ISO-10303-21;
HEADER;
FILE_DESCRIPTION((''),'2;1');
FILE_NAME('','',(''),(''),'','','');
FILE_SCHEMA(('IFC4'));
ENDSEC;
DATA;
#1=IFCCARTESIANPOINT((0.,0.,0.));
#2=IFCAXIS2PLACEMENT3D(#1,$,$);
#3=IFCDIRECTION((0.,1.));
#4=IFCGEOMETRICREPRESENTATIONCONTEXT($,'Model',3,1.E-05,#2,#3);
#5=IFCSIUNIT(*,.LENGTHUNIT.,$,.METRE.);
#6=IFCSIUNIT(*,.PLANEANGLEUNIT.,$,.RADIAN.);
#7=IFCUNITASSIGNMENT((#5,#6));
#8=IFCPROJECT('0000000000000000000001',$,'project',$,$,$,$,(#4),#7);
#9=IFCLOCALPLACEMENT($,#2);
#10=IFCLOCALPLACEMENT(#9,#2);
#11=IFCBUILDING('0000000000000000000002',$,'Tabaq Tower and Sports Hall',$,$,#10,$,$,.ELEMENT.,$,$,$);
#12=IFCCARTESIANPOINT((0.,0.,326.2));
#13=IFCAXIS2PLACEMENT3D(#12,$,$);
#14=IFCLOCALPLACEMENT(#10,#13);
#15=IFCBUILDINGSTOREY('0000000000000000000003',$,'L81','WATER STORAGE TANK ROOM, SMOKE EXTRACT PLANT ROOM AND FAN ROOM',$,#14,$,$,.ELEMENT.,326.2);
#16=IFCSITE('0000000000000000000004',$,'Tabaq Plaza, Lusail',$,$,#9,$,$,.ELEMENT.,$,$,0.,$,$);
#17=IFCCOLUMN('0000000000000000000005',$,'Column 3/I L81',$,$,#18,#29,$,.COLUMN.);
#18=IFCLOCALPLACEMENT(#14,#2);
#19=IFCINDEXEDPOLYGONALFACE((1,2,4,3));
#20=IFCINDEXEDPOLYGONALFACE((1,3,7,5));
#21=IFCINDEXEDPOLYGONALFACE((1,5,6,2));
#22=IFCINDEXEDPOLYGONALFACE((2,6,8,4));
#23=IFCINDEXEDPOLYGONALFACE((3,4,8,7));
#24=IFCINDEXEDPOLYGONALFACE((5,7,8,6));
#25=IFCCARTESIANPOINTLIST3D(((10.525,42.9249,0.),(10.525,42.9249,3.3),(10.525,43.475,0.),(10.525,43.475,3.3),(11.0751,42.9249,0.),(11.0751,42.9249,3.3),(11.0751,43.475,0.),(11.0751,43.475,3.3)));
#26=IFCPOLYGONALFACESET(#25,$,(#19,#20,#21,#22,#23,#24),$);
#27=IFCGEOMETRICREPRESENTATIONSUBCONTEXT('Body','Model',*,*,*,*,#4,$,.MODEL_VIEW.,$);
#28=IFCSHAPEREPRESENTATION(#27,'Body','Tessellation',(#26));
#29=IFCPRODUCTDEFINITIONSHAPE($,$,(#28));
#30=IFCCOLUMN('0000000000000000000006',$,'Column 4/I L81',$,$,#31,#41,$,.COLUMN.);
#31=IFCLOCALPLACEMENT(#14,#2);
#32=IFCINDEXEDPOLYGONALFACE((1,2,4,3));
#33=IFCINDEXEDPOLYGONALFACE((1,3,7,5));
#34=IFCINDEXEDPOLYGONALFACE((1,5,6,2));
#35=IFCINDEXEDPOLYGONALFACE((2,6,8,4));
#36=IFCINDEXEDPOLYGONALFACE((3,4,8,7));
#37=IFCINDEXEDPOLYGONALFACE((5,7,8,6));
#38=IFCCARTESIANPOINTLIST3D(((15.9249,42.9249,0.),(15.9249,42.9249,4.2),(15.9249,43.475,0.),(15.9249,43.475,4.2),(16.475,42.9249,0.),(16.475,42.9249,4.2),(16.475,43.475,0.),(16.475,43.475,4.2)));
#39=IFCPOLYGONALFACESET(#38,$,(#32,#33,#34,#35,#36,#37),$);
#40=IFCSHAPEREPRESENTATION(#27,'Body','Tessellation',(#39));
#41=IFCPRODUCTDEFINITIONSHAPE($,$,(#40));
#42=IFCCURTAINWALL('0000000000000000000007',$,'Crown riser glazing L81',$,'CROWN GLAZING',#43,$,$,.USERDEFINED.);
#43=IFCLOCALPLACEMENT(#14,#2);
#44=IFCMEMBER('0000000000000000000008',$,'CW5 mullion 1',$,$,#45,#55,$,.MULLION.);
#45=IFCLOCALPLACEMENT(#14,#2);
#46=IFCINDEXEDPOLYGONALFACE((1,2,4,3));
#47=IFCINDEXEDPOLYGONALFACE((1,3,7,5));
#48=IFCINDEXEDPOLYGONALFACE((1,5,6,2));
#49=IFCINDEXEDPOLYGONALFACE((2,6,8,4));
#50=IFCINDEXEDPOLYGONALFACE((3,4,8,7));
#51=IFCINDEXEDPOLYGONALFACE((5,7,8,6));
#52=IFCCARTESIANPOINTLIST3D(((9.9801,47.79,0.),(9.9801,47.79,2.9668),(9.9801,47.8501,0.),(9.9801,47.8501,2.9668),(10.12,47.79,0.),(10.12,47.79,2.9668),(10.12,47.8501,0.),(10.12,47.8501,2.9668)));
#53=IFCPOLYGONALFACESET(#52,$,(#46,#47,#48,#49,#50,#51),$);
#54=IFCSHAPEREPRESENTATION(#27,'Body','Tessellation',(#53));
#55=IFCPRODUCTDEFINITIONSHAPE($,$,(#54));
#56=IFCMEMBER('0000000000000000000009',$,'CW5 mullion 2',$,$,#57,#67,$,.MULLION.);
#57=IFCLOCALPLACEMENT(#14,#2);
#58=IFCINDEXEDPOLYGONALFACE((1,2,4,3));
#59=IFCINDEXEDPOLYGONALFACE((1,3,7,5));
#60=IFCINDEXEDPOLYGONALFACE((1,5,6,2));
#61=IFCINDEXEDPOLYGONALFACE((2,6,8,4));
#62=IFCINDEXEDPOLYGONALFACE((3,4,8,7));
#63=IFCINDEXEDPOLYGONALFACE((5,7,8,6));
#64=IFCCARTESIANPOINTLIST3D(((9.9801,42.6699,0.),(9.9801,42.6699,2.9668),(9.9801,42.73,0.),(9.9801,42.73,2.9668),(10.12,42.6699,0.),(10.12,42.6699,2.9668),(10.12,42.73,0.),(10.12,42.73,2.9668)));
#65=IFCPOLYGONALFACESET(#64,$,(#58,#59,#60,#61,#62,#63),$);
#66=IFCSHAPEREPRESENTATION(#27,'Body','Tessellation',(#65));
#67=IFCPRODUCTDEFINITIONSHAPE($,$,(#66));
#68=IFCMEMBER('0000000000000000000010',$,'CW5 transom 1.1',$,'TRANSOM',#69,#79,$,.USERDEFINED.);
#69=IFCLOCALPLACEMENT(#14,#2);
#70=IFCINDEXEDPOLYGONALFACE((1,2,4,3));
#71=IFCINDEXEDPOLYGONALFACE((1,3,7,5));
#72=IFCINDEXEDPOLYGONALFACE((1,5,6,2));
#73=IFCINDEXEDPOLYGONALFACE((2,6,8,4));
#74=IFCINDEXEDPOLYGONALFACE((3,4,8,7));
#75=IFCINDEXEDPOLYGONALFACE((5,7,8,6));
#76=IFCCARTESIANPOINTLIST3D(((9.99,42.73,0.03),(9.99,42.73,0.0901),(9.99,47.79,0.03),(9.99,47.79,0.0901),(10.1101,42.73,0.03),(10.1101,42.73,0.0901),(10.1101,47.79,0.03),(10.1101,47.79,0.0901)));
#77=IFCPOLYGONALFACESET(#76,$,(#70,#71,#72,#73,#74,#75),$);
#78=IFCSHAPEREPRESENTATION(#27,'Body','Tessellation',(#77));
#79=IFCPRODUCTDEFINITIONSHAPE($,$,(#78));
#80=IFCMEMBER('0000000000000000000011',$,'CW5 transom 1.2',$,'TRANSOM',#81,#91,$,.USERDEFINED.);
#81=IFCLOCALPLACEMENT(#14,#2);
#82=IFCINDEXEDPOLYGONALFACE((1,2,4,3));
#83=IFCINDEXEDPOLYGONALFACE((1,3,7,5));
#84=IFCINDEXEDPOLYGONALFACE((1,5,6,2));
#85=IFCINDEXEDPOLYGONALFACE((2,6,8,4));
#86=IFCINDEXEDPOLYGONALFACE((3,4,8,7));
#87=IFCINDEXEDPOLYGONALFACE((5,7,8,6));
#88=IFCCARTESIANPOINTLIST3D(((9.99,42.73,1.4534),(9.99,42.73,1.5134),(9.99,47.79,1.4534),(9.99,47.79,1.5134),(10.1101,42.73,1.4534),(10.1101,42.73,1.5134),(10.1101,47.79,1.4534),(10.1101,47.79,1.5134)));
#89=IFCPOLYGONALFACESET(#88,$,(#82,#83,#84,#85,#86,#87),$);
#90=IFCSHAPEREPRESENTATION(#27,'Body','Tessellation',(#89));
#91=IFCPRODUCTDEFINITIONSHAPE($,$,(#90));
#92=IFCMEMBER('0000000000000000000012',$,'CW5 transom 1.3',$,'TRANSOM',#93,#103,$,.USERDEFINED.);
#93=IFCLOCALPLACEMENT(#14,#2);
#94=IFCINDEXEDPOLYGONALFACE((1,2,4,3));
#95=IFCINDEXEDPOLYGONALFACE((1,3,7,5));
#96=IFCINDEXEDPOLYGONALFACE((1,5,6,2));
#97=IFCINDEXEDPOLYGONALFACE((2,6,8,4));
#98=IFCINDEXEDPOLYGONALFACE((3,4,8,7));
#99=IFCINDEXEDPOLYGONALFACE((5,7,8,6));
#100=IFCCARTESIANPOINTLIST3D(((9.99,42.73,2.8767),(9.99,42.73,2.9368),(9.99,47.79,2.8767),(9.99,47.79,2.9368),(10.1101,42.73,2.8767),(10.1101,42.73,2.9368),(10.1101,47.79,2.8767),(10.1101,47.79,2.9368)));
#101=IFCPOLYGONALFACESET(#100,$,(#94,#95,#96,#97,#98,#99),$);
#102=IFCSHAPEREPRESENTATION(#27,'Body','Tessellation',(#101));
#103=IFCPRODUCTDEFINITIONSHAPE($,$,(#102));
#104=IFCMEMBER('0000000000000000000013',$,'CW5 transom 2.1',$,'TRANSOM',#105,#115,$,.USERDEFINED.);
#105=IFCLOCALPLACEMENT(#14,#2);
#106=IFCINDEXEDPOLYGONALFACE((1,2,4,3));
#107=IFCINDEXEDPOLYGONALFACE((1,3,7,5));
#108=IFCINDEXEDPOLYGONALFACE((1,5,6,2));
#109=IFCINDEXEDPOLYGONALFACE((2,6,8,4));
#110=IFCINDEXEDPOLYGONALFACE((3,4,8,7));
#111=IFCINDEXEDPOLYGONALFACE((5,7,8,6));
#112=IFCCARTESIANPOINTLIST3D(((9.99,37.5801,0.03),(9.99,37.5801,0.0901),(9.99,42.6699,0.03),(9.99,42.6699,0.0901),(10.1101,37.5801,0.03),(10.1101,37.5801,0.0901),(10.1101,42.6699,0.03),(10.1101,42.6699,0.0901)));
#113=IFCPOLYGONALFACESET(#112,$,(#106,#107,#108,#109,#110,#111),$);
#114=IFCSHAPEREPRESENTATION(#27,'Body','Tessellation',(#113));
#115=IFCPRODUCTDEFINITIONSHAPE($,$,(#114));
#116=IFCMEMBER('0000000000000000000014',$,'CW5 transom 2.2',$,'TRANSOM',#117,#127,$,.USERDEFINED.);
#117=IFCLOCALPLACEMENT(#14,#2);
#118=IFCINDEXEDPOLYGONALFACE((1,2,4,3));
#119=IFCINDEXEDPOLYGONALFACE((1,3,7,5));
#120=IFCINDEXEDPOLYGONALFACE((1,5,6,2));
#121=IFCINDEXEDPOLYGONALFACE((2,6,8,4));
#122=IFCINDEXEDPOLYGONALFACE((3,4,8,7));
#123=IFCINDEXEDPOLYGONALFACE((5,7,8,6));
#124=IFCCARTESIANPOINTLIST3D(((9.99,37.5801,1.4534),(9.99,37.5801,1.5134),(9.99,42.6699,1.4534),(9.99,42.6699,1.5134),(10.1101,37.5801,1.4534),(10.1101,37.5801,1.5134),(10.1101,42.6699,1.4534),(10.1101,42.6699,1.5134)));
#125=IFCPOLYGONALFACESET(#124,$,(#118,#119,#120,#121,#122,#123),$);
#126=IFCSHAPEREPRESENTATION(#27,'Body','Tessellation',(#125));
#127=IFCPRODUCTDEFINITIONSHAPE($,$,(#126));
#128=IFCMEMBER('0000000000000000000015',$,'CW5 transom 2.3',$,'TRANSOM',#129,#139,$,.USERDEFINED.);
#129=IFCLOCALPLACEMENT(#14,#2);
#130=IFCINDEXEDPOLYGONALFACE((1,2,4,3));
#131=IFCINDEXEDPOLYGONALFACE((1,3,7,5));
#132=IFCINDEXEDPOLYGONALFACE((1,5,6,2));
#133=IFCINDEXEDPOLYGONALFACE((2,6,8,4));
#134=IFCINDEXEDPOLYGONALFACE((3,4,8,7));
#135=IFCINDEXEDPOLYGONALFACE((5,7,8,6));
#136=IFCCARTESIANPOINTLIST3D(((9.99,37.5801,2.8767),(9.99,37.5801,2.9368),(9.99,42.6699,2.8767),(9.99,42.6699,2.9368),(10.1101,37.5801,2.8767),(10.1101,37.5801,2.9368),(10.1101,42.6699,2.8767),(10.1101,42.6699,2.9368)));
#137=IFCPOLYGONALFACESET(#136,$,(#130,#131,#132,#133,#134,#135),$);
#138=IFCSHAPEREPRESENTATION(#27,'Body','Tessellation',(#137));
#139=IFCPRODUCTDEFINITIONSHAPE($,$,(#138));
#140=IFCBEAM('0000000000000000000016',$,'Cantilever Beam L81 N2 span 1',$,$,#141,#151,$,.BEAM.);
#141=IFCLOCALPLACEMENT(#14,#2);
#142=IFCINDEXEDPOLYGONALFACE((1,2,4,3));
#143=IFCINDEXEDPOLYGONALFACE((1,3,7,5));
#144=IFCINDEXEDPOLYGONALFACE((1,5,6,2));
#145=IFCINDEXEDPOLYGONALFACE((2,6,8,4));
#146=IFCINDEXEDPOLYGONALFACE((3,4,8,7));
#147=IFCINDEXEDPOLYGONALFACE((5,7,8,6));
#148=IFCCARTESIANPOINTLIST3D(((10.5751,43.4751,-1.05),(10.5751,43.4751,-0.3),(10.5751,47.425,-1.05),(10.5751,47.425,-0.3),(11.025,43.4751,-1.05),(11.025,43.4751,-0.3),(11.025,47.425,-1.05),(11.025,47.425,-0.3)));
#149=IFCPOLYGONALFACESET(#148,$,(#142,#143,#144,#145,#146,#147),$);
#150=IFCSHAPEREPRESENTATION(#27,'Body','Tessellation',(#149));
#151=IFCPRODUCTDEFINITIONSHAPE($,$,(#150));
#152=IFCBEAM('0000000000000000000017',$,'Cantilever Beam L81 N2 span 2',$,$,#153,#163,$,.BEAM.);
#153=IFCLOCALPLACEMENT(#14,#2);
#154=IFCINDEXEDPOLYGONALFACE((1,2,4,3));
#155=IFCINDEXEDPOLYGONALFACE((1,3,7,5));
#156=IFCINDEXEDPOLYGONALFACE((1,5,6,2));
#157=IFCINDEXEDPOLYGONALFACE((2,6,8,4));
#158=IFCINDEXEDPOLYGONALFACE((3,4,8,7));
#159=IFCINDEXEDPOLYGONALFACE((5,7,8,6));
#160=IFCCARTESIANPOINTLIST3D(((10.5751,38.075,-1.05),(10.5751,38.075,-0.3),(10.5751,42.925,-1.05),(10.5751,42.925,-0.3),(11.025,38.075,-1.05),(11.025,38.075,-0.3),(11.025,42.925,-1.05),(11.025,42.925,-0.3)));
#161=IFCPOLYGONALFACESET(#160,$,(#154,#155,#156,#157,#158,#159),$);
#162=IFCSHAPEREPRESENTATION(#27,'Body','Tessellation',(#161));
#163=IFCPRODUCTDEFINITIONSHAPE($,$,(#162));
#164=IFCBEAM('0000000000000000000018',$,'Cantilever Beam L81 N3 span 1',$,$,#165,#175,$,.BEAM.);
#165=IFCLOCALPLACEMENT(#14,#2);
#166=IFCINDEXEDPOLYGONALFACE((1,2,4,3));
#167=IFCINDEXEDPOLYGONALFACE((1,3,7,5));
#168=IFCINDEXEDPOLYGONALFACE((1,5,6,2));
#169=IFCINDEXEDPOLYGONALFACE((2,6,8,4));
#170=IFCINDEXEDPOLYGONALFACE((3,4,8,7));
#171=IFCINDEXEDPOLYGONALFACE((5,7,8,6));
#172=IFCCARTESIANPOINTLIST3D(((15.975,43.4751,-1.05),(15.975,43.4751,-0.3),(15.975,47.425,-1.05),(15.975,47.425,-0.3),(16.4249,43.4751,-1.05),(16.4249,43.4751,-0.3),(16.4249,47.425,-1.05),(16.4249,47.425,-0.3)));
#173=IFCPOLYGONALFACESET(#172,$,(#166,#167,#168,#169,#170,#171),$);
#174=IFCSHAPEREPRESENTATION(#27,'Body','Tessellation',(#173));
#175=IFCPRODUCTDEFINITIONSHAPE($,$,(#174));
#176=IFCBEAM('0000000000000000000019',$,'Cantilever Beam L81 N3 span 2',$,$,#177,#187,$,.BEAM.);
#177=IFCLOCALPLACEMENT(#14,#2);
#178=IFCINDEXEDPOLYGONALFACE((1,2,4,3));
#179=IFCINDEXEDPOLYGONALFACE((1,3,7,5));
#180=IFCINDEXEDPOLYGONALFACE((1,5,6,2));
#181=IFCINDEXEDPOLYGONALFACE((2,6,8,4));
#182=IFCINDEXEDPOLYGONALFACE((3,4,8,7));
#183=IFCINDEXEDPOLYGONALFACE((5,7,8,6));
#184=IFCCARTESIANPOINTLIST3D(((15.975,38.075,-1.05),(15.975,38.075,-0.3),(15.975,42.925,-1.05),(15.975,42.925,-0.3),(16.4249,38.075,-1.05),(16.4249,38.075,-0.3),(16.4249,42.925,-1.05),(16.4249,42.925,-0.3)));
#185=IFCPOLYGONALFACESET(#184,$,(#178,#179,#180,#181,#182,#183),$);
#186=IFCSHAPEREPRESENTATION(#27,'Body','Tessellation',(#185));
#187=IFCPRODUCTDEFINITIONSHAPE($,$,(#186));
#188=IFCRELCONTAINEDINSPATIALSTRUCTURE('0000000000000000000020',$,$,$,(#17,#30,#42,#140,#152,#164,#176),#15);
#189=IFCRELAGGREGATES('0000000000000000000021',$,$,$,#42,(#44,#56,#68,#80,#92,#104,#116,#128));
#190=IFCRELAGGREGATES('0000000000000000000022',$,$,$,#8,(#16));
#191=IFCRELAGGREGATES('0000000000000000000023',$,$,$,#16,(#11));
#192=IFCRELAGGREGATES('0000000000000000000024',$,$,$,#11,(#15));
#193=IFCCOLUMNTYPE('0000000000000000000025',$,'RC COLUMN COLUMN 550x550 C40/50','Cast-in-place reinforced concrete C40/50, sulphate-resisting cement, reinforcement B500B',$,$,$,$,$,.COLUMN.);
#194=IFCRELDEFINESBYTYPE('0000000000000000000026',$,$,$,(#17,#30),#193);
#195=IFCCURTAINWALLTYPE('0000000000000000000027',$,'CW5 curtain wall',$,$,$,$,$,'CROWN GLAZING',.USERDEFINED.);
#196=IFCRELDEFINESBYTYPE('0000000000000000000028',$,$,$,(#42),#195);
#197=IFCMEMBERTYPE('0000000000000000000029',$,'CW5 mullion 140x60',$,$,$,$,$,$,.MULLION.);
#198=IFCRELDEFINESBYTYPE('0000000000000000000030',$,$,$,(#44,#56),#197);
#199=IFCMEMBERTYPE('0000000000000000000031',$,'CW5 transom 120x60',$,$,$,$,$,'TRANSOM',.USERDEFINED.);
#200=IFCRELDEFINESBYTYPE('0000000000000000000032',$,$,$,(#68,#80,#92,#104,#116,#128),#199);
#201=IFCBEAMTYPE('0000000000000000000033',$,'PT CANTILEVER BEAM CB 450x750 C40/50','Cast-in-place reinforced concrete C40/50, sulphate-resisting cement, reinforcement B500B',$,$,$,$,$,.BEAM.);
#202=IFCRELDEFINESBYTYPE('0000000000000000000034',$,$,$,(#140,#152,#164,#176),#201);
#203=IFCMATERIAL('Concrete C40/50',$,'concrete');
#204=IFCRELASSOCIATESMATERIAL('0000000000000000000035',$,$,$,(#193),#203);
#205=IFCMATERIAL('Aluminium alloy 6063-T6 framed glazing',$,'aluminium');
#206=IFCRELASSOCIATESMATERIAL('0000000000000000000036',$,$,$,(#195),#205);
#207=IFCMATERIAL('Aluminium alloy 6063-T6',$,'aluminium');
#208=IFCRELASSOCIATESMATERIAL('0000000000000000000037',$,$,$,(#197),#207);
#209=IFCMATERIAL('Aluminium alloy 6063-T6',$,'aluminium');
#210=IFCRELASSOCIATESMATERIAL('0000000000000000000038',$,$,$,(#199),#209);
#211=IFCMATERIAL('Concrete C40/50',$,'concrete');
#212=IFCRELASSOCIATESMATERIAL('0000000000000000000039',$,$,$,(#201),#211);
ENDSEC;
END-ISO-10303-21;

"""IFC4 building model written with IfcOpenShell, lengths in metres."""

from ifc_helpers import new_model, si_unit, direction, frame, origin, origin_2d, place, context, subcontext, project, spatial, rectangle, extrude, material, material_profile, profile_set, type_object, element, aggregate, save


model = new_model("IFC4")

# Units and contexts
model_context = context("Model", 3, precision=1e-05, world=origin(), true_north=direction((0.0, 1.0)))
body_context = subcontext(model_context, "Body", "Model", "MODEL_VIEW")
ifc_project = project(units=[si_unit("LENGTHUNIT", "METRE"), si_unit("PLANEANGLEUNIT", "RADIAN")], contexts=[model_context])

# Site, building, storey
site_placement = place(None, origin())
site = spatial("IfcSite", under=ifc_project, at=site_placement, Name="Tabaq Plaza, Lusail", CompositionType="ELEMENT", RefElevation=0.0)
building_placement = place(site_placement, origin())
building = spatial("IfcBuilding", under=site, at=building_placement, Name="Tabaq Tower and Sports Hall", CompositionType="ELEMENT")
storey_placement = place(building_placement, frame((0.0, 0.0, 326.2)))
storey = spatial("IfcBuildingStorey", under=building, at=storey_placement, Name="L81", Description="WATER STORAGE TANK ROOM, SMOKE EXTRACT PLANT ROOM AND FAN ROOM", CompositionType="ELEMENT", Elevation=326.2)

# Columns
ifc_material_1 = material(Name="Concrete C40/50", Category="concrete")
ifc_material_profile_1 = material_profile(ifc_material_1, rectangle(XDim=0.55, YDim=0.55, at=origin_2d()), Name="COLUMN 550x550")
ifc_profile_set_1 = profile_set([ifc_material_profile_1], Name="Concrete C40/50")
column_type = type_object("IfcColumnType", Name="RC COLUMN COLUMN 550x550 C40/50", Description="Cast-in-place reinforced concrete C40/50, sulphate-resisting cement, reinforcement B500B", PredefinedType="COLUMN", material=ifc_profile_set_1)
column_1_placement = place(storey_placement, frame((10.8, 43.2, 0.0), z_axis=(0.0, 0.0, 1.0), x_axis=(1.0, 0.0, 0.0)))
element("IfcColumn", 1, at=column_1_placement, inside=storey, type_object=column_type, Name="Column 3/I L81", PredefinedType="COLUMN", context=body_context, shape_type="SweptSolid", body=[
    extrude(rectangle(XDim=0.55, YDim=0.55, at=origin_2d()), origin(), (0.0, 0.0, 1.0), 3.3),
])
column_2_placement = place(storey_placement, frame((16.2, 43.2, 0.0), z_axis=(0.0, 0.0, 1.0), x_axis=(1.0, 0.0, 0.0)))
element("IfcColumn", 2, at=column_2_placement, inside=storey, type_object=column_type, Name="Column 4/I L81", PredefinedType="COLUMN", context=body_context, shape_type="SweptSolid", body=[
    extrude(rectangle(XDim=0.55, YDim=0.55, at=origin_2d()), origin(), (0.0, 0.0, 1.0), 4.2),
])

# Curtain wall, members
ifc_material_2 = material(Name="Aluminium alloy 6063-T6 framed glazing", Category="aluminium")
curtain_wall_type = type_object("IfcCurtainWallType", Name="CW5 curtain wall", ElementType="CROWN GLAZING", PredefinedType="USERDEFINED", material=ifc_material_2)
curtain_wall_placement = place(storey_placement, origin())
curtain_wall = element("IfcCurtainWall", 3, at=curtain_wall_placement, inside=storey, type_object=curtain_wall_type, Name="Crown riser glazing L81", ObjectType="CROWN GLAZING", PredefinedType="USERDEFINED")
ifc_material_3 = material(Name="Aluminium alloy 6063-T6", Category="aluminium")
ifc_material_profile_2 = material_profile(ifc_material_3, rectangle(XDim=0.1399, YDim=0.0601, at=origin_2d()), Name="MULLION 140x60")
ifc_profile_set_2 = profile_set([ifc_material_profile_2], Name="Aluminium alloy 6063-T6")
member_type_1 = type_object("IfcMemberType", Name="CW5 mullion 140x60", PredefinedType="MULLION", material=ifc_profile_set_2)
member_1_placement = place(storey_placement, frame((10.05, 47.8201, 0.0), z_axis=(0.0, 0.0, 1.0), x_axis=(1.0, 0.0, 0.0)))
member_1 = element("IfcMember", 4, at=member_1_placement, type_object=member_type_1, Name="CW5 mullion 1", PredefinedType="MULLION", context=body_context, shape_type="SweptSolid", body=[
    extrude(rectangle(XDim=0.1399, YDim=0.0601, at=origin_2d()), origin(), (0.0, 0.0, 1.0), 2.9668),
])
member_2_placement = place(storey_placement, frame((10.05, 42.7, 0.0), z_axis=(0.0, 0.0, 1.0), x_axis=(1.0, 0.0, 0.0)))
member_2 = element("IfcMember", 5, at=member_2_placement, type_object=member_type_1, Name="CW5 mullion 2", PredefinedType="MULLION", context=body_context, shape_type="SweptSolid", body=[
    extrude(rectangle(XDim=0.1399, YDim=0.0601, at=origin_2d()), origin(), (0.0, 0.0, 1.0), 2.9668),
])
ifc_material_4 = material(Name="Aluminium alloy 6063-T6", Category="aluminium")
ifc_material_profile_3 = material_profile(ifc_material_4, rectangle(XDim=0.1201, YDim=0.0601, at=origin_2d()), Name="TRANSOM 120x60")
ifc_profile_set_3 = profile_set([ifc_material_profile_3], Name="Aluminium alloy 6063-T6")
member_type_2 = type_object("IfcMemberType", Name="CW5 transom 120x60", ElementType="TRANSOM", PredefinedType="USERDEFINED", material=ifc_profile_set_3)
member_3_placement = place(storey_placement, frame((10.05, 47.79, 0.0601), z_axis=(0.0, -1.0, 0.0), x_axis=(1.0, 0.0, 0.0)))
member_3 = element("IfcMember", 6, at=member_3_placement, type_object=member_type_2, Name="CW5 transom 1.1", ObjectType="TRANSOM", PredefinedType="USERDEFINED", context=body_context, shape_type="SweptSolid", body=[
    extrude(rectangle(XDim=0.1201, YDim=0.0601, at=origin_2d()), origin(), (0.0, 0.0, 1.0), 5.0601),
])
member_4_placement = place(storey_placement, frame((10.05, 47.79, 1.4834), z_axis=(0.0, -1.0, 0.0), x_axis=(1.0, 0.0, 0.0)))
member_4 = element("IfcMember", 7, at=member_4_placement, type_object=member_type_2, Name="CW5 transom 1.2", ObjectType="TRANSOM", PredefinedType="USERDEFINED", context=body_context, shape_type="SweptSolid", body=[
    extrude(rectangle(XDim=0.1201, YDim=0.0601, at=origin_2d()), origin(), (0.0, 0.0, 1.0), 5.0601),
])
member_5_placement = place(storey_placement, frame((10.05, 47.79, 2.9067), z_axis=(0.0, -1.0, 0.0), x_axis=(1.0, 0.0, 0.0)))
member_5 = element("IfcMember", 8, at=member_5_placement, type_object=member_type_2, Name="CW5 transom 1.3", ObjectType="TRANSOM", PredefinedType="USERDEFINED", context=body_context, shape_type="SweptSolid", body=[
    extrude(rectangle(XDim=0.1201, YDim=0.0601, at=origin_2d()), origin(), (0.0, 0.0, 1.0), 5.0601),
])
member_6_placement = place(storey_placement, frame((10.05, 42.6699, 0.0601), z_axis=(0.0, -1.0, 0.0), x_axis=(1.0, 0.0, 0.0)))
member_6 = element("IfcMember", 9, at=member_6_placement, type_object=member_type_2, Name="CW5 transom 2.1", ObjectType="TRANSOM", PredefinedType="USERDEFINED", context=body_context, shape_type="SweptSolid", body=[
    extrude(rectangle(XDim=0.1201, YDim=0.0601, at=origin_2d()), origin(), (0.0, 0.0, 1.0), 5.0898),
])
member_7_placement = place(storey_placement, frame((10.05, 42.6699, 1.4834), z_axis=(0.0, -1.0, 0.0), x_axis=(1.0, 0.0, 0.0)))
member_7 = element("IfcMember", 10, at=member_7_placement, type_object=member_type_2, Name="CW5 transom 2.2", ObjectType="TRANSOM", PredefinedType="USERDEFINED", context=body_context, shape_type="SweptSolid", body=[
    extrude(rectangle(XDim=0.1201, YDim=0.0601, at=origin_2d()), origin(), (0.0, 0.0, 1.0), 5.0898),
])
member_8_placement = place(storey_placement, frame((10.05, 42.6699, 2.9067), z_axis=(0.0, -1.0, 0.0), x_axis=(1.0, 0.0, 0.0)))
member_8 = element("IfcMember", 11, at=member_8_placement, type_object=member_type_2, Name="CW5 transom 2.3", ObjectType="TRANSOM", PredefinedType="USERDEFINED", context=body_context, shape_type="SweptSolid", body=[
    extrude(rectangle(XDim=0.1201, YDim=0.0601, at=origin_2d()), origin(), (0.0, 0.0, 1.0), 5.0898),
])

# Beams
ifc_material_5 = material(Name="Concrete C40/50", Category="concrete")
ifc_material_profile_4 = material_profile(ifc_material_5, rectangle(XDim=0.45, YDim=0.75, at=origin_2d()), Name="CB 450x750")
ifc_profile_set_4 = profile_set([ifc_material_profile_4], Name="Concrete C40/50")
beam_type = type_object("IfcBeamType", Name="PT CANTILEVER BEAM CB 450x750 C40/50", Description="Cast-in-place reinforced concrete C40/50, sulphate-resisting cement, reinforcement B500B", PredefinedType="BEAM", material=ifc_profile_set_4)
beam_1_placement = place(storey_placement, frame((10.8, 47.425, -0.675), z_axis=(0.0, -1.0, 0.0), x_axis=(1.0, 0.0, 0.0)))
element("IfcBeam", 12, at=beam_1_placement, inside=storey, type_object=beam_type, Name="Cantilever Beam L81 N2 span 1", PredefinedType="BEAM", context=body_context, shape_type="SweptSolid", body=[
    extrude(rectangle(XDim=0.45, YDim=0.75, at=origin_2d()), origin(), (0.0, 0.0, 1.0), 3.95),
])
beam_2_placement = place(storey_placement, frame((10.8, 42.925, -0.675), z_axis=(0.0, -1.0, 0.0), x_axis=(1.0, 0.0, 0.0)))
element("IfcBeam", 13, at=beam_2_placement, inside=storey, type_object=beam_type, Name="Cantilever Beam L81 N2 span 2", PredefinedType="BEAM", context=body_context, shape_type="SweptSolid", body=[
    extrude(rectangle(XDim=0.45, YDim=0.75, at=origin_2d()), origin(), (0.0, 0.0, 1.0), 4.8501),
])
beam_3_placement = place(storey_placement, frame((16.2, 47.425, -0.675), z_axis=(0.0, -1.0, 0.0), x_axis=(1.0, 0.0, 0.0)))
element("IfcBeam", 14, at=beam_3_placement, inside=storey, type_object=beam_type, Name="Cantilever Beam L81 N3 span 1", PredefinedType="BEAM", context=body_context, shape_type="SweptSolid", body=[
    extrude(rectangle(XDim=0.45, YDim=0.75, at=origin_2d()), origin(), (0.0, 0.0, 1.0), 3.95),
])
beam_4_placement = place(storey_placement, frame((16.2, 42.925, -0.675), z_axis=(0.0, -1.0, 0.0), x_axis=(1.0, 0.0, 0.0)))
element("IfcBeam", 15, at=beam_4_placement, inside=storey, type_object=beam_type, Name="Cantilever Beam L81 N3 span 2", PredefinedType="BEAM", context=body_context, shape_type="SweptSolid", body=[
    extrude(rectangle(XDim=0.45, YDim=0.75, at=origin_2d()), origin(), (0.0, 0.0, 1.0), 4.8501),
])

aggregate(curtain_wall, [member_1, member_2, member_3, member_4, member_5, member_6, member_7, member_8])

save(model, "model.ifc")
